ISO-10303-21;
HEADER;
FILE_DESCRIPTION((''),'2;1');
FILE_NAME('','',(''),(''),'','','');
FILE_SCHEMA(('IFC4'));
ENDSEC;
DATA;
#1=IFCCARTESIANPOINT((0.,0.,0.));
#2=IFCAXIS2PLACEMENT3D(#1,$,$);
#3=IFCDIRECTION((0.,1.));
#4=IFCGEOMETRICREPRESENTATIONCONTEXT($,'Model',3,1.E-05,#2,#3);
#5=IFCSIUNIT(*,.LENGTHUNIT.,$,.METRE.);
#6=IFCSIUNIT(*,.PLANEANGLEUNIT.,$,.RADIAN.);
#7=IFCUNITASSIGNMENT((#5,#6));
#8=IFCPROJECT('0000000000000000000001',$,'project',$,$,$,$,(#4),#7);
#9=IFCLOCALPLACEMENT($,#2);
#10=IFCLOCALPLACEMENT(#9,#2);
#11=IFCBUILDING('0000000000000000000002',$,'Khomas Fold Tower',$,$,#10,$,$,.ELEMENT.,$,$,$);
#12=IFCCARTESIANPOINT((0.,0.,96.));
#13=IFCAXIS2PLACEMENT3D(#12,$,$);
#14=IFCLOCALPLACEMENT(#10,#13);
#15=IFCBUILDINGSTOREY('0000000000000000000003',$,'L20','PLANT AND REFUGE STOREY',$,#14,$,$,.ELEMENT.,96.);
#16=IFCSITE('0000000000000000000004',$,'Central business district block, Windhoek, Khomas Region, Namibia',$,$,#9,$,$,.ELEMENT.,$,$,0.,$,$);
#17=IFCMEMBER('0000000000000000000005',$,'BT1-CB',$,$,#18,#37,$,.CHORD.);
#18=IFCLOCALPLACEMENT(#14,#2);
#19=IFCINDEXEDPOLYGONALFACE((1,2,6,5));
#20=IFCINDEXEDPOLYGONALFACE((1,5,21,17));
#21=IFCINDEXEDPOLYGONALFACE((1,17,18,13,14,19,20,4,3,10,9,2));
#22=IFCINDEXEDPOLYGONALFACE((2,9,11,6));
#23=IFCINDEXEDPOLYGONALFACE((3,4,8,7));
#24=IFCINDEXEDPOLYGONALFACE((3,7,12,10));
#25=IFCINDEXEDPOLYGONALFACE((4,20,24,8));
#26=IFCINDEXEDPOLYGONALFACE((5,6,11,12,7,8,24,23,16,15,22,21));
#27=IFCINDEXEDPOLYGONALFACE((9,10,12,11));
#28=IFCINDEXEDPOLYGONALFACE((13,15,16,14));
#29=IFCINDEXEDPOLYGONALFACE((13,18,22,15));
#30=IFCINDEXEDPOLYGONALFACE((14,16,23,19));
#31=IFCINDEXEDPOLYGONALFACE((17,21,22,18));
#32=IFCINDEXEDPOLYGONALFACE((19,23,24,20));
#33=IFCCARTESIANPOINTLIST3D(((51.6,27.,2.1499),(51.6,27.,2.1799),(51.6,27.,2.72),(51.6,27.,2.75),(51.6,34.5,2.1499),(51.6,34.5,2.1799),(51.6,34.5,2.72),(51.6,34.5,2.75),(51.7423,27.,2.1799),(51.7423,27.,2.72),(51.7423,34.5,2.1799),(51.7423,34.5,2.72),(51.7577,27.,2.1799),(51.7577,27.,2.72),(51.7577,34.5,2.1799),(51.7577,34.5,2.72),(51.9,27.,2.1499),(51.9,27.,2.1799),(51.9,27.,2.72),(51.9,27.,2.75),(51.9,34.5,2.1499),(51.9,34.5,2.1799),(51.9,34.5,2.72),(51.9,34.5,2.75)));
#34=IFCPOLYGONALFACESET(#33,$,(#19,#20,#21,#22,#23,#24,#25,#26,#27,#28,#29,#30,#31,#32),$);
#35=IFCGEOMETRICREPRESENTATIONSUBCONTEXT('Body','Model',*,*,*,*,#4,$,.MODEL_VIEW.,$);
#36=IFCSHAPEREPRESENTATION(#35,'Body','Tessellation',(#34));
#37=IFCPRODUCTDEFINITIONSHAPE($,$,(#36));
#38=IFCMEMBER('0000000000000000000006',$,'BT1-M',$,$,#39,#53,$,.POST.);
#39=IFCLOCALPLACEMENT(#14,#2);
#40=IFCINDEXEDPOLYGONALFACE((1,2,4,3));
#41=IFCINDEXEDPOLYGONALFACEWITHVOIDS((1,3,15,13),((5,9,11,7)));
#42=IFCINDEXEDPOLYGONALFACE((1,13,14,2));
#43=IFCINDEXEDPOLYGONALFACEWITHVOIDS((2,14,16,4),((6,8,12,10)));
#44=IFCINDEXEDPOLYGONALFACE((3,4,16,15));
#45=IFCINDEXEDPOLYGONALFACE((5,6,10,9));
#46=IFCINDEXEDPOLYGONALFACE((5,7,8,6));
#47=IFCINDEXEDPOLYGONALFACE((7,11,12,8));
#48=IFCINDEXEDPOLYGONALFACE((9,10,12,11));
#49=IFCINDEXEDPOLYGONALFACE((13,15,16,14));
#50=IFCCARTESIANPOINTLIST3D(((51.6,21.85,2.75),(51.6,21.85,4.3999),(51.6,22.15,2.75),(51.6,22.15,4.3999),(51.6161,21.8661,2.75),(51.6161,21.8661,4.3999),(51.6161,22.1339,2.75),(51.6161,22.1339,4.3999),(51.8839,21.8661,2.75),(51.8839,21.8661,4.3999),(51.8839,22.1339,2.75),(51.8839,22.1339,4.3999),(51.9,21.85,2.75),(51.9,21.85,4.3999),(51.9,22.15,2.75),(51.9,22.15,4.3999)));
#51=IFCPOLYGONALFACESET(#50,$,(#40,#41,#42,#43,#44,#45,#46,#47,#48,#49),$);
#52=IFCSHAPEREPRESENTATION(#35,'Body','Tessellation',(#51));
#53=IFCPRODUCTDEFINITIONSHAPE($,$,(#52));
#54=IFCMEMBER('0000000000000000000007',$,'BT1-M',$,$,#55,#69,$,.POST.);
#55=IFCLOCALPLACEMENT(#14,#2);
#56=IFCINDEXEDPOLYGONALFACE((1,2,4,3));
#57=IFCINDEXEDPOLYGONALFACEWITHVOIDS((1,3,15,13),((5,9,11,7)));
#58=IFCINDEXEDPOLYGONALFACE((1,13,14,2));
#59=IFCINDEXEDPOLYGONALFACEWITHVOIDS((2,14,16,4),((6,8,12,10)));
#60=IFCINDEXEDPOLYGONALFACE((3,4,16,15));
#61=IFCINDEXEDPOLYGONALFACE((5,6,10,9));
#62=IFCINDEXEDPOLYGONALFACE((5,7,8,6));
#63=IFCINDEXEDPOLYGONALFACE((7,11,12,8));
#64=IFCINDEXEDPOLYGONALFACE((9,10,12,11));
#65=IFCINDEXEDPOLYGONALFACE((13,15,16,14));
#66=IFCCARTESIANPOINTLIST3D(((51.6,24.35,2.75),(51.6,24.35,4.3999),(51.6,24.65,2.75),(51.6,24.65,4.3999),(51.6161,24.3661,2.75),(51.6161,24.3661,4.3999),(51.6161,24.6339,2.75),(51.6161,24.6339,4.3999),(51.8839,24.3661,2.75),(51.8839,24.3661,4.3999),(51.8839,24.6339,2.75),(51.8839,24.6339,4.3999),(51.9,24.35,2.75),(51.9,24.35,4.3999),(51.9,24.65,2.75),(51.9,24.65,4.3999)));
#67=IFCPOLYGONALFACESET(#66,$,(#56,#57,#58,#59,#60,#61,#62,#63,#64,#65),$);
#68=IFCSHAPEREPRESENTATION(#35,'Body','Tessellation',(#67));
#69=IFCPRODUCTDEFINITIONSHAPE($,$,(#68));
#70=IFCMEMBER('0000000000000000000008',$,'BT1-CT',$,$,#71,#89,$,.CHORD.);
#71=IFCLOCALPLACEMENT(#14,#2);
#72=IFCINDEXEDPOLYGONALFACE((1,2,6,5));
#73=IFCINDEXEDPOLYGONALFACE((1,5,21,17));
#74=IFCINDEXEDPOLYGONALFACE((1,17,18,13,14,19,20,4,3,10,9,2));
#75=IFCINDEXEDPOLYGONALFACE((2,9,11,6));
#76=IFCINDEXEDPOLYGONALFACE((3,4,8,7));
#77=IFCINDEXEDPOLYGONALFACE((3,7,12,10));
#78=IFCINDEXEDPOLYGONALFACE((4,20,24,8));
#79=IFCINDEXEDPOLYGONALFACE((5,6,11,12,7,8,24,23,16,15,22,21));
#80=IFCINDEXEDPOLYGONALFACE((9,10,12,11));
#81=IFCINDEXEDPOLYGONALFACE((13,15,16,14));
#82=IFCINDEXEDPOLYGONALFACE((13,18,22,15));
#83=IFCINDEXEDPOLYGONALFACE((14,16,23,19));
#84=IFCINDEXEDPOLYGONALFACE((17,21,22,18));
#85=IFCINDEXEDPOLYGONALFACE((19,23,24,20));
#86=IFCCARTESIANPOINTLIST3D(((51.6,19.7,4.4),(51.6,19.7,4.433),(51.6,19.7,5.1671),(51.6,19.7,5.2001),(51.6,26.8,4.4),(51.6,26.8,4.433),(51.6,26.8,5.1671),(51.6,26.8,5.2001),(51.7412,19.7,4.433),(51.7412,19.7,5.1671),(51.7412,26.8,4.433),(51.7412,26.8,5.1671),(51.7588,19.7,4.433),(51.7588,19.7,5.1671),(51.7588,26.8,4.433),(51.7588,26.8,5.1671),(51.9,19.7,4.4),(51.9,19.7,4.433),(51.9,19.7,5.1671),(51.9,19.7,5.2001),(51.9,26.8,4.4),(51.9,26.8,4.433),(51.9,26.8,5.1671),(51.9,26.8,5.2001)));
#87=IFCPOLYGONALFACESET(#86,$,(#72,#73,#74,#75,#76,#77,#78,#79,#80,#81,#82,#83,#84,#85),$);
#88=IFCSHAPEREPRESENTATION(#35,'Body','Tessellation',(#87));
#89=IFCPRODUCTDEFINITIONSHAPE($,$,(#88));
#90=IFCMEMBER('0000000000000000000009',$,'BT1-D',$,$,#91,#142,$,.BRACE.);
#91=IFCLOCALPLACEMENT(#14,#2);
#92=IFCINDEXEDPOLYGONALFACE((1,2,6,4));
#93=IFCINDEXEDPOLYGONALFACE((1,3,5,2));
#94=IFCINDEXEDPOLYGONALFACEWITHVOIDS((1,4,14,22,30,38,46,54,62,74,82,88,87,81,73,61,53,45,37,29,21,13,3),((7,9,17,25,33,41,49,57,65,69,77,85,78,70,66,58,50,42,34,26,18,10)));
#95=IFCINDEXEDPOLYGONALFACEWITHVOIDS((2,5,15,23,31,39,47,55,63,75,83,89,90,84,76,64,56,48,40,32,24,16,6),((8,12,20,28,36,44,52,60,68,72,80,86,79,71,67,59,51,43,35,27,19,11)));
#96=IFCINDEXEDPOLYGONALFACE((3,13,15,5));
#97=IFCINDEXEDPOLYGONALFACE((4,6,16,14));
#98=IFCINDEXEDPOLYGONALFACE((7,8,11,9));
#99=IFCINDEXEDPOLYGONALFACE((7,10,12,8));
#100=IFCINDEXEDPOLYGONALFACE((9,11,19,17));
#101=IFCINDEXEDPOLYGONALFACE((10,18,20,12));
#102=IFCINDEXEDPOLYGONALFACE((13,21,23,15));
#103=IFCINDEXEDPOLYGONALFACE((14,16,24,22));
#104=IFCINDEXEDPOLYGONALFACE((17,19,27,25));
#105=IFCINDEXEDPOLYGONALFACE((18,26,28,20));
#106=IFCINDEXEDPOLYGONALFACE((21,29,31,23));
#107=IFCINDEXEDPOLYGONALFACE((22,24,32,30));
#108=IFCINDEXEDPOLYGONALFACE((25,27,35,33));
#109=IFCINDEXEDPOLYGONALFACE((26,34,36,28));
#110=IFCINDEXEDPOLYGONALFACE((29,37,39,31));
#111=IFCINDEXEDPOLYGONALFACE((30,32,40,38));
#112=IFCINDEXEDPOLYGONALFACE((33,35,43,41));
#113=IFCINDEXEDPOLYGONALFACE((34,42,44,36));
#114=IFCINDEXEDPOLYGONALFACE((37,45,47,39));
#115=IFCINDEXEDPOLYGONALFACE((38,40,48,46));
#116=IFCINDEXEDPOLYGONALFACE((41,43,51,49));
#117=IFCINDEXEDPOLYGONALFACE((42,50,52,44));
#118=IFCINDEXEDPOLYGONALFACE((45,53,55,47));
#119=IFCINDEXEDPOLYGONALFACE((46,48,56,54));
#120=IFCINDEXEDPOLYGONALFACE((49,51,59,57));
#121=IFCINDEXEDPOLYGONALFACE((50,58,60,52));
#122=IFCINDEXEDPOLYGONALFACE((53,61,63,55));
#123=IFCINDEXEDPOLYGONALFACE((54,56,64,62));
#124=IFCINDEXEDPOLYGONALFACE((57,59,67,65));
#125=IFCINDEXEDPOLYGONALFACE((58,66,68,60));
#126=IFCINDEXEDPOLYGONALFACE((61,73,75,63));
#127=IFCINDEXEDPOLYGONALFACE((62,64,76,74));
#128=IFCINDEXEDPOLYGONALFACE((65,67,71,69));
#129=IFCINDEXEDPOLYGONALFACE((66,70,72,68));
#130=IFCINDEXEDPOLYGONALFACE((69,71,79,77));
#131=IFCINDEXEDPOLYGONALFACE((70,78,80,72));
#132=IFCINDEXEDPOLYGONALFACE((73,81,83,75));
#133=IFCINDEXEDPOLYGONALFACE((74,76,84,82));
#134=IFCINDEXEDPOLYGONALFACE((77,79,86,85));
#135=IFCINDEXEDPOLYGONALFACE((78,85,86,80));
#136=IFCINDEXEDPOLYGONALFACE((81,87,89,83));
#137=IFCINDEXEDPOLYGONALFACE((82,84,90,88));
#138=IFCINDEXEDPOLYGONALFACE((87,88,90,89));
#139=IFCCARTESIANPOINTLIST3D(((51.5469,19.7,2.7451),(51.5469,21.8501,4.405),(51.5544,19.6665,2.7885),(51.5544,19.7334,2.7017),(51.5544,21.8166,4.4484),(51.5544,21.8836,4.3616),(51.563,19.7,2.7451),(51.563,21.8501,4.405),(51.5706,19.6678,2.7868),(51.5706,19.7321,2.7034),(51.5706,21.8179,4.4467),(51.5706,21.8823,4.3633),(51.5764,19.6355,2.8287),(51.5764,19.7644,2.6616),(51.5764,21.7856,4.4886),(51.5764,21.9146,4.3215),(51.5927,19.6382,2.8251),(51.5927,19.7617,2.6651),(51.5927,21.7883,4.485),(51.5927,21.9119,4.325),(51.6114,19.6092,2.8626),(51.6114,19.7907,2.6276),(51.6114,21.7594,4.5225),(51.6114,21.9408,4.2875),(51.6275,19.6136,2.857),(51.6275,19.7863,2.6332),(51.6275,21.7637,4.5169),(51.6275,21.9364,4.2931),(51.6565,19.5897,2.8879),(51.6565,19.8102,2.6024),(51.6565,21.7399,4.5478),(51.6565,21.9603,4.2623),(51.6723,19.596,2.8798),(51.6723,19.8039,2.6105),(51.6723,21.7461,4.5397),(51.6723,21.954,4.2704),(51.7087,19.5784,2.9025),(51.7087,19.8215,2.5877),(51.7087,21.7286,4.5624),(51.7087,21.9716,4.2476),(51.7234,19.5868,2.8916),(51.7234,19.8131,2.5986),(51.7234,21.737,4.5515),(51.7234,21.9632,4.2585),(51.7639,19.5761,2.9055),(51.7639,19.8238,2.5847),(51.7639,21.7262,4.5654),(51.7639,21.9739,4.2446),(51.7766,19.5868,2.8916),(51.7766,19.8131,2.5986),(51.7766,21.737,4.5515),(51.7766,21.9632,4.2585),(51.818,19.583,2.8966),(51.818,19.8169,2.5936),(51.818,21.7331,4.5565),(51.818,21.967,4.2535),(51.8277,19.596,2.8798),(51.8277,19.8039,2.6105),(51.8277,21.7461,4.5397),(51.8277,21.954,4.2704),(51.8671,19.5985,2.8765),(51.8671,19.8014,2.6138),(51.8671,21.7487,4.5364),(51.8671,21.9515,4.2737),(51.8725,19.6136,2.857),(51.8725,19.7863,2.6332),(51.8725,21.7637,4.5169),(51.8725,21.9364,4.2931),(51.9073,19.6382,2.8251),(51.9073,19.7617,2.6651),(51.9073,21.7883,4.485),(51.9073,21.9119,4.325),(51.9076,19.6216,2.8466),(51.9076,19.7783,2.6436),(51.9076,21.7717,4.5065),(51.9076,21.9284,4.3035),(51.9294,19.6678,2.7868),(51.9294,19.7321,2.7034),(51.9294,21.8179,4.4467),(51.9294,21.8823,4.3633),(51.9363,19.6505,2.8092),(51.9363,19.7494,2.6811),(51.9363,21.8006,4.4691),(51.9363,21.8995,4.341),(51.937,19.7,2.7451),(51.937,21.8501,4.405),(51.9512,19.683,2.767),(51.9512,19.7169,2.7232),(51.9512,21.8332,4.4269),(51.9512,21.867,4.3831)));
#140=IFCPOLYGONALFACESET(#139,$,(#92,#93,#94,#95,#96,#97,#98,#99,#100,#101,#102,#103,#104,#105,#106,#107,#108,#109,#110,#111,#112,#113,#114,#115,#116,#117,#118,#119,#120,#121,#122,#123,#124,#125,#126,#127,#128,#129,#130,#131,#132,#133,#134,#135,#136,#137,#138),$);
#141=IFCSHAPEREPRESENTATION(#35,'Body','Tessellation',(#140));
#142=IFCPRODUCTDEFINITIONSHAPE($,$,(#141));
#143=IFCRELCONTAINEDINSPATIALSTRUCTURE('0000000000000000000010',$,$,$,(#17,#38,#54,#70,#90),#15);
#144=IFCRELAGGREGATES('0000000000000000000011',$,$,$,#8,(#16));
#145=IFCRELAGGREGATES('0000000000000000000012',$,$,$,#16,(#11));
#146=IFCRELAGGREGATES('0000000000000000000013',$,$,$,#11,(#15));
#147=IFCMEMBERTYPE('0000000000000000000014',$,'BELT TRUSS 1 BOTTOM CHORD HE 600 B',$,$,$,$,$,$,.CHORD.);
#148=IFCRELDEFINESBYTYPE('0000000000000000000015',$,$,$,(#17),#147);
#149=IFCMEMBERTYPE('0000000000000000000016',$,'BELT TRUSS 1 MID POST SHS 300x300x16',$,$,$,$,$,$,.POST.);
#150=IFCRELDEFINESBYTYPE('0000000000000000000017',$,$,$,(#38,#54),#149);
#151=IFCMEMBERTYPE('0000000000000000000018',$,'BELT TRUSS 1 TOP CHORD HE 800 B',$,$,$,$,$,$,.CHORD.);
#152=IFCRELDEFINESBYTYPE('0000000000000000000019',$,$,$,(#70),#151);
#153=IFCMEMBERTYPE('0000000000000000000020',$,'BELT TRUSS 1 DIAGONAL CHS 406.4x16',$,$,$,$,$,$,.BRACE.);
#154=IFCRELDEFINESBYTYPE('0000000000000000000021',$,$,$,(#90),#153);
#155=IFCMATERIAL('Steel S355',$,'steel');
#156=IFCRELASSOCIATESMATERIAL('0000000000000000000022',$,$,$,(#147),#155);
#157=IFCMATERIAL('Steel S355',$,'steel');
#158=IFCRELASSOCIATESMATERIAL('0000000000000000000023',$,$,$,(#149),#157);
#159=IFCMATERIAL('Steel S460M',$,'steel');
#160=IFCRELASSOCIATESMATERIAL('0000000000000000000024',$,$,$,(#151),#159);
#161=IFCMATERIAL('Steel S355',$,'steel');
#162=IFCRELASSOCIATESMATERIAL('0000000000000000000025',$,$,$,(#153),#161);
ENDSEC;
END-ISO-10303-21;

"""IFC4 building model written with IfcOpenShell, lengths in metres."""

from ifc_helpers import new_model, si_unit, direction, frame, origin, origin_2d, place, context, subcontext, project, spatial, hollow_rectangle, hollow_circle, i_section, extrude, source, transform, mapped, material, material_profile, profile_set, type_object, element, save


model = new_model("IFC4")

# Units and contexts
model_context = context("Model", 3, precision=1e-05, world=origin(), true_north=direction((0.0, 1.0)))
body_context = subcontext(model_context, "Body", "Model", "MODEL_VIEW")
ifc_project = project(units=[si_unit("LENGTHUNIT", "METRE"), si_unit("PLANEANGLEUNIT", "RADIAN")], contexts=[model_context])

# Site, building, storey
site_placement = place(None, origin())
site = spatial("IfcSite", under=ifc_project, at=site_placement, Name="Central business district block, Windhoek, Khomas Region, Namibia", CompositionType="ELEMENT", RefElevation=0.0)
building_placement = place(site_placement, origin())
building = spatial("IfcBuilding", under=site, at=building_placement, Name="Khomas Fold Tower", CompositionType="ELEMENT")
storey_placement = place(building_placement, frame((0.0, 0.0, 96.0)))
storey = spatial("IfcBuildingStorey", under=building, at=storey_placement, Name="L20", Description="PLANT AND REFUGE STOREY", CompositionType="ELEMENT", Elevation=96.0)

# Members
ifc_material_1 = material(Name="Steel S355", Category="steel")
ifc_material_profile_1 = material_profile(ifc_material_1, i_section(OverallWidth=0.3, OverallDepth=0.6001, WebThickness=0.0154, FlangeThickness=0.03, at=origin_2d()), Name="HE 600 B")
ifc_profile_set_1 = profile_set([ifc_material_profile_1], Name="Steel S355")
member_type_1 = type_object("IfcMemberType", Name="BELT TRUSS 1 BOTTOM CHORD HE 600 B", PredefinedType="CHORD", material=ifc_profile_set_1)
shared_shape_1 = source(origin(), body_context, "Body", "SweptSolid", [
    extrude(i_section(OverallWidth=0.3, OverallDepth=0.6001, WebThickness=0.0154, FlangeThickness=0.03, at=origin_2d()), origin(), (0.0, 0.0, 1.0), 7.5),
])
member_1_placement = place(storey_placement, frame((51.75, 27.0, 2.45), z_axis=(0.0, 1.0, 0.0), x_axis=(-1.0, 0.0, 0.0)))
element("IfcMember", 1, at=member_1_placement, inside=storey, type_object=member_type_1, Name="BT1-CB", PredefinedType="CHORD", context=body_context, shape_type="MappedRepresentation", body=[
    mapped(shared_shape_1, transform((0.0, 0.0, 0.0))),
])
ifc_material_2 = material(Name="Steel S355", Category="steel")
ifc_material_profile_2 = material_profile(ifc_material_2, hollow_rectangle(XDim=0.3, YDim=0.3, WallThickness=0.0161, at=origin_2d()), Name="SHS 300x300x16")
ifc_profile_set_2 = profile_set([ifc_material_profile_2], Name="Steel S355")
member_type_2 = type_object("IfcMemberType", Name="BELT TRUSS 1 MID POST SHS 300x300x16", PredefinedType="POST", material=ifc_profile_set_2)
shared_shape_2 = source(origin(), body_context, "Body", "SweptSolid", [
    extrude(hollow_rectangle(XDim=0.3, YDim=0.3, WallThickness=0.0161, at=origin_2d()), origin(), (0.0, 0.0, 1.0), 1.6499),
])
for number, where, z_axis, x_axis, name in (
    (2, (51.75, 22.0, 2.75), (0.0, 0.0, 1.0), (1.0, 0.0, 0.0), "BT1-M"),
    (3, (51.75, 24.5, 2.75), (0.0, 0.0, 1.0), (1.0, 0.0, 0.0), "BT1-M"),
):
    element("IfcMember", number, at=place(storey_placement, frame(where, z_axis=z_axis, x_axis=x_axis)), inside=storey, type_object=member_type_2, Name=name, PredefinedType="POST", context=body_context, shape_type="MappedRepresentation", body=[
        mapped(shared_shape_2, transform((0.0, 0.0, 0.0))),
    ])
ifc_material_3 = material(Name="Steel S460M", Category="steel")
ifc_material_profile_3 = material_profile(ifc_material_3, i_section(OverallWidth=0.3, OverallDepth=0.8, WebThickness=0.0176, FlangeThickness=0.033, at=origin_2d()), Name="HE 800 B")
ifc_profile_set_3 = profile_set([ifc_material_profile_3], Name="Steel S460M")
member_type_3 = type_object("IfcMemberType", Name="BELT TRUSS 1 TOP CHORD HE 800 B", PredefinedType="CHORD", material=ifc_profile_set_3)
shared_shape_3 = source(origin(), body_context, "Body", "SweptSolid", [
    extrude(i_section(OverallWidth=0.3, OverallDepth=0.8, WebThickness=0.0176, FlangeThickness=0.033, at=origin_2d()), origin(), (0.0, 0.0, 1.0), 7.1001),
])
member_2_placement = place(storey_placement, frame((51.75, 19.7, 4.8), z_axis=(0.0, 1.0, 0.0), x_axis=(-1.0, 0.0, 0.0)))
element("IfcMember", 4, at=member_2_placement, inside=storey, type_object=member_type_3, Name="BT1-CT", PredefinedType="CHORD", context=body_context, shape_type="MappedRepresentation", body=[
    mapped(shared_shape_3, transform((0.0, 0.0, 0.0))),
])
ifc_material_4 = material(Name="Steel S355", Category="steel")
ifc_material_profile_4 = material_profile(ifc_material_4, hollow_circle(Radius=0.2031, WallThickness=0.0161, at=origin_2d()), Name="CHS 406.4x16")
ifc_profile_set_4 = profile_set([ifc_material_profile_4], Name="Steel S355")
member_type_4 = type_object("IfcMemberType", Name="BELT TRUSS 1 DIAGONAL CHS 406.4x16", PredefinedType="BRACE", material=ifc_profile_set_4)
shared_shape_4 = source(origin(), body_context, "Body", "SweptSolid", [
    extrude(hollow_circle(Radius=0.2031, WallThickness=0.0161, at=origin_2d()), origin(), (0.0, 0.0, 1.0), 2.7163),
])
for number, where, z_axis, x_axis, name in (
    (5, (51.75, 19.7, 2.7451), (0.0, 0.791564, 0.611087), (-1.0, 0.0, 0.0), "BT1-D"),
):
    element("IfcMember", number, at=place(storey_placement, frame(where, z_axis=z_axis, x_axis=x_axis)), inside=storey, type_object=member_type_4, Name=name, PredefinedType="BRACE", context=body_context, shape_type="MappedRepresentation", body=[
        mapped(shared_shape_4, transform((0.0, 0.0, 0.0))),
    ])

save(model, "model.ifc")
